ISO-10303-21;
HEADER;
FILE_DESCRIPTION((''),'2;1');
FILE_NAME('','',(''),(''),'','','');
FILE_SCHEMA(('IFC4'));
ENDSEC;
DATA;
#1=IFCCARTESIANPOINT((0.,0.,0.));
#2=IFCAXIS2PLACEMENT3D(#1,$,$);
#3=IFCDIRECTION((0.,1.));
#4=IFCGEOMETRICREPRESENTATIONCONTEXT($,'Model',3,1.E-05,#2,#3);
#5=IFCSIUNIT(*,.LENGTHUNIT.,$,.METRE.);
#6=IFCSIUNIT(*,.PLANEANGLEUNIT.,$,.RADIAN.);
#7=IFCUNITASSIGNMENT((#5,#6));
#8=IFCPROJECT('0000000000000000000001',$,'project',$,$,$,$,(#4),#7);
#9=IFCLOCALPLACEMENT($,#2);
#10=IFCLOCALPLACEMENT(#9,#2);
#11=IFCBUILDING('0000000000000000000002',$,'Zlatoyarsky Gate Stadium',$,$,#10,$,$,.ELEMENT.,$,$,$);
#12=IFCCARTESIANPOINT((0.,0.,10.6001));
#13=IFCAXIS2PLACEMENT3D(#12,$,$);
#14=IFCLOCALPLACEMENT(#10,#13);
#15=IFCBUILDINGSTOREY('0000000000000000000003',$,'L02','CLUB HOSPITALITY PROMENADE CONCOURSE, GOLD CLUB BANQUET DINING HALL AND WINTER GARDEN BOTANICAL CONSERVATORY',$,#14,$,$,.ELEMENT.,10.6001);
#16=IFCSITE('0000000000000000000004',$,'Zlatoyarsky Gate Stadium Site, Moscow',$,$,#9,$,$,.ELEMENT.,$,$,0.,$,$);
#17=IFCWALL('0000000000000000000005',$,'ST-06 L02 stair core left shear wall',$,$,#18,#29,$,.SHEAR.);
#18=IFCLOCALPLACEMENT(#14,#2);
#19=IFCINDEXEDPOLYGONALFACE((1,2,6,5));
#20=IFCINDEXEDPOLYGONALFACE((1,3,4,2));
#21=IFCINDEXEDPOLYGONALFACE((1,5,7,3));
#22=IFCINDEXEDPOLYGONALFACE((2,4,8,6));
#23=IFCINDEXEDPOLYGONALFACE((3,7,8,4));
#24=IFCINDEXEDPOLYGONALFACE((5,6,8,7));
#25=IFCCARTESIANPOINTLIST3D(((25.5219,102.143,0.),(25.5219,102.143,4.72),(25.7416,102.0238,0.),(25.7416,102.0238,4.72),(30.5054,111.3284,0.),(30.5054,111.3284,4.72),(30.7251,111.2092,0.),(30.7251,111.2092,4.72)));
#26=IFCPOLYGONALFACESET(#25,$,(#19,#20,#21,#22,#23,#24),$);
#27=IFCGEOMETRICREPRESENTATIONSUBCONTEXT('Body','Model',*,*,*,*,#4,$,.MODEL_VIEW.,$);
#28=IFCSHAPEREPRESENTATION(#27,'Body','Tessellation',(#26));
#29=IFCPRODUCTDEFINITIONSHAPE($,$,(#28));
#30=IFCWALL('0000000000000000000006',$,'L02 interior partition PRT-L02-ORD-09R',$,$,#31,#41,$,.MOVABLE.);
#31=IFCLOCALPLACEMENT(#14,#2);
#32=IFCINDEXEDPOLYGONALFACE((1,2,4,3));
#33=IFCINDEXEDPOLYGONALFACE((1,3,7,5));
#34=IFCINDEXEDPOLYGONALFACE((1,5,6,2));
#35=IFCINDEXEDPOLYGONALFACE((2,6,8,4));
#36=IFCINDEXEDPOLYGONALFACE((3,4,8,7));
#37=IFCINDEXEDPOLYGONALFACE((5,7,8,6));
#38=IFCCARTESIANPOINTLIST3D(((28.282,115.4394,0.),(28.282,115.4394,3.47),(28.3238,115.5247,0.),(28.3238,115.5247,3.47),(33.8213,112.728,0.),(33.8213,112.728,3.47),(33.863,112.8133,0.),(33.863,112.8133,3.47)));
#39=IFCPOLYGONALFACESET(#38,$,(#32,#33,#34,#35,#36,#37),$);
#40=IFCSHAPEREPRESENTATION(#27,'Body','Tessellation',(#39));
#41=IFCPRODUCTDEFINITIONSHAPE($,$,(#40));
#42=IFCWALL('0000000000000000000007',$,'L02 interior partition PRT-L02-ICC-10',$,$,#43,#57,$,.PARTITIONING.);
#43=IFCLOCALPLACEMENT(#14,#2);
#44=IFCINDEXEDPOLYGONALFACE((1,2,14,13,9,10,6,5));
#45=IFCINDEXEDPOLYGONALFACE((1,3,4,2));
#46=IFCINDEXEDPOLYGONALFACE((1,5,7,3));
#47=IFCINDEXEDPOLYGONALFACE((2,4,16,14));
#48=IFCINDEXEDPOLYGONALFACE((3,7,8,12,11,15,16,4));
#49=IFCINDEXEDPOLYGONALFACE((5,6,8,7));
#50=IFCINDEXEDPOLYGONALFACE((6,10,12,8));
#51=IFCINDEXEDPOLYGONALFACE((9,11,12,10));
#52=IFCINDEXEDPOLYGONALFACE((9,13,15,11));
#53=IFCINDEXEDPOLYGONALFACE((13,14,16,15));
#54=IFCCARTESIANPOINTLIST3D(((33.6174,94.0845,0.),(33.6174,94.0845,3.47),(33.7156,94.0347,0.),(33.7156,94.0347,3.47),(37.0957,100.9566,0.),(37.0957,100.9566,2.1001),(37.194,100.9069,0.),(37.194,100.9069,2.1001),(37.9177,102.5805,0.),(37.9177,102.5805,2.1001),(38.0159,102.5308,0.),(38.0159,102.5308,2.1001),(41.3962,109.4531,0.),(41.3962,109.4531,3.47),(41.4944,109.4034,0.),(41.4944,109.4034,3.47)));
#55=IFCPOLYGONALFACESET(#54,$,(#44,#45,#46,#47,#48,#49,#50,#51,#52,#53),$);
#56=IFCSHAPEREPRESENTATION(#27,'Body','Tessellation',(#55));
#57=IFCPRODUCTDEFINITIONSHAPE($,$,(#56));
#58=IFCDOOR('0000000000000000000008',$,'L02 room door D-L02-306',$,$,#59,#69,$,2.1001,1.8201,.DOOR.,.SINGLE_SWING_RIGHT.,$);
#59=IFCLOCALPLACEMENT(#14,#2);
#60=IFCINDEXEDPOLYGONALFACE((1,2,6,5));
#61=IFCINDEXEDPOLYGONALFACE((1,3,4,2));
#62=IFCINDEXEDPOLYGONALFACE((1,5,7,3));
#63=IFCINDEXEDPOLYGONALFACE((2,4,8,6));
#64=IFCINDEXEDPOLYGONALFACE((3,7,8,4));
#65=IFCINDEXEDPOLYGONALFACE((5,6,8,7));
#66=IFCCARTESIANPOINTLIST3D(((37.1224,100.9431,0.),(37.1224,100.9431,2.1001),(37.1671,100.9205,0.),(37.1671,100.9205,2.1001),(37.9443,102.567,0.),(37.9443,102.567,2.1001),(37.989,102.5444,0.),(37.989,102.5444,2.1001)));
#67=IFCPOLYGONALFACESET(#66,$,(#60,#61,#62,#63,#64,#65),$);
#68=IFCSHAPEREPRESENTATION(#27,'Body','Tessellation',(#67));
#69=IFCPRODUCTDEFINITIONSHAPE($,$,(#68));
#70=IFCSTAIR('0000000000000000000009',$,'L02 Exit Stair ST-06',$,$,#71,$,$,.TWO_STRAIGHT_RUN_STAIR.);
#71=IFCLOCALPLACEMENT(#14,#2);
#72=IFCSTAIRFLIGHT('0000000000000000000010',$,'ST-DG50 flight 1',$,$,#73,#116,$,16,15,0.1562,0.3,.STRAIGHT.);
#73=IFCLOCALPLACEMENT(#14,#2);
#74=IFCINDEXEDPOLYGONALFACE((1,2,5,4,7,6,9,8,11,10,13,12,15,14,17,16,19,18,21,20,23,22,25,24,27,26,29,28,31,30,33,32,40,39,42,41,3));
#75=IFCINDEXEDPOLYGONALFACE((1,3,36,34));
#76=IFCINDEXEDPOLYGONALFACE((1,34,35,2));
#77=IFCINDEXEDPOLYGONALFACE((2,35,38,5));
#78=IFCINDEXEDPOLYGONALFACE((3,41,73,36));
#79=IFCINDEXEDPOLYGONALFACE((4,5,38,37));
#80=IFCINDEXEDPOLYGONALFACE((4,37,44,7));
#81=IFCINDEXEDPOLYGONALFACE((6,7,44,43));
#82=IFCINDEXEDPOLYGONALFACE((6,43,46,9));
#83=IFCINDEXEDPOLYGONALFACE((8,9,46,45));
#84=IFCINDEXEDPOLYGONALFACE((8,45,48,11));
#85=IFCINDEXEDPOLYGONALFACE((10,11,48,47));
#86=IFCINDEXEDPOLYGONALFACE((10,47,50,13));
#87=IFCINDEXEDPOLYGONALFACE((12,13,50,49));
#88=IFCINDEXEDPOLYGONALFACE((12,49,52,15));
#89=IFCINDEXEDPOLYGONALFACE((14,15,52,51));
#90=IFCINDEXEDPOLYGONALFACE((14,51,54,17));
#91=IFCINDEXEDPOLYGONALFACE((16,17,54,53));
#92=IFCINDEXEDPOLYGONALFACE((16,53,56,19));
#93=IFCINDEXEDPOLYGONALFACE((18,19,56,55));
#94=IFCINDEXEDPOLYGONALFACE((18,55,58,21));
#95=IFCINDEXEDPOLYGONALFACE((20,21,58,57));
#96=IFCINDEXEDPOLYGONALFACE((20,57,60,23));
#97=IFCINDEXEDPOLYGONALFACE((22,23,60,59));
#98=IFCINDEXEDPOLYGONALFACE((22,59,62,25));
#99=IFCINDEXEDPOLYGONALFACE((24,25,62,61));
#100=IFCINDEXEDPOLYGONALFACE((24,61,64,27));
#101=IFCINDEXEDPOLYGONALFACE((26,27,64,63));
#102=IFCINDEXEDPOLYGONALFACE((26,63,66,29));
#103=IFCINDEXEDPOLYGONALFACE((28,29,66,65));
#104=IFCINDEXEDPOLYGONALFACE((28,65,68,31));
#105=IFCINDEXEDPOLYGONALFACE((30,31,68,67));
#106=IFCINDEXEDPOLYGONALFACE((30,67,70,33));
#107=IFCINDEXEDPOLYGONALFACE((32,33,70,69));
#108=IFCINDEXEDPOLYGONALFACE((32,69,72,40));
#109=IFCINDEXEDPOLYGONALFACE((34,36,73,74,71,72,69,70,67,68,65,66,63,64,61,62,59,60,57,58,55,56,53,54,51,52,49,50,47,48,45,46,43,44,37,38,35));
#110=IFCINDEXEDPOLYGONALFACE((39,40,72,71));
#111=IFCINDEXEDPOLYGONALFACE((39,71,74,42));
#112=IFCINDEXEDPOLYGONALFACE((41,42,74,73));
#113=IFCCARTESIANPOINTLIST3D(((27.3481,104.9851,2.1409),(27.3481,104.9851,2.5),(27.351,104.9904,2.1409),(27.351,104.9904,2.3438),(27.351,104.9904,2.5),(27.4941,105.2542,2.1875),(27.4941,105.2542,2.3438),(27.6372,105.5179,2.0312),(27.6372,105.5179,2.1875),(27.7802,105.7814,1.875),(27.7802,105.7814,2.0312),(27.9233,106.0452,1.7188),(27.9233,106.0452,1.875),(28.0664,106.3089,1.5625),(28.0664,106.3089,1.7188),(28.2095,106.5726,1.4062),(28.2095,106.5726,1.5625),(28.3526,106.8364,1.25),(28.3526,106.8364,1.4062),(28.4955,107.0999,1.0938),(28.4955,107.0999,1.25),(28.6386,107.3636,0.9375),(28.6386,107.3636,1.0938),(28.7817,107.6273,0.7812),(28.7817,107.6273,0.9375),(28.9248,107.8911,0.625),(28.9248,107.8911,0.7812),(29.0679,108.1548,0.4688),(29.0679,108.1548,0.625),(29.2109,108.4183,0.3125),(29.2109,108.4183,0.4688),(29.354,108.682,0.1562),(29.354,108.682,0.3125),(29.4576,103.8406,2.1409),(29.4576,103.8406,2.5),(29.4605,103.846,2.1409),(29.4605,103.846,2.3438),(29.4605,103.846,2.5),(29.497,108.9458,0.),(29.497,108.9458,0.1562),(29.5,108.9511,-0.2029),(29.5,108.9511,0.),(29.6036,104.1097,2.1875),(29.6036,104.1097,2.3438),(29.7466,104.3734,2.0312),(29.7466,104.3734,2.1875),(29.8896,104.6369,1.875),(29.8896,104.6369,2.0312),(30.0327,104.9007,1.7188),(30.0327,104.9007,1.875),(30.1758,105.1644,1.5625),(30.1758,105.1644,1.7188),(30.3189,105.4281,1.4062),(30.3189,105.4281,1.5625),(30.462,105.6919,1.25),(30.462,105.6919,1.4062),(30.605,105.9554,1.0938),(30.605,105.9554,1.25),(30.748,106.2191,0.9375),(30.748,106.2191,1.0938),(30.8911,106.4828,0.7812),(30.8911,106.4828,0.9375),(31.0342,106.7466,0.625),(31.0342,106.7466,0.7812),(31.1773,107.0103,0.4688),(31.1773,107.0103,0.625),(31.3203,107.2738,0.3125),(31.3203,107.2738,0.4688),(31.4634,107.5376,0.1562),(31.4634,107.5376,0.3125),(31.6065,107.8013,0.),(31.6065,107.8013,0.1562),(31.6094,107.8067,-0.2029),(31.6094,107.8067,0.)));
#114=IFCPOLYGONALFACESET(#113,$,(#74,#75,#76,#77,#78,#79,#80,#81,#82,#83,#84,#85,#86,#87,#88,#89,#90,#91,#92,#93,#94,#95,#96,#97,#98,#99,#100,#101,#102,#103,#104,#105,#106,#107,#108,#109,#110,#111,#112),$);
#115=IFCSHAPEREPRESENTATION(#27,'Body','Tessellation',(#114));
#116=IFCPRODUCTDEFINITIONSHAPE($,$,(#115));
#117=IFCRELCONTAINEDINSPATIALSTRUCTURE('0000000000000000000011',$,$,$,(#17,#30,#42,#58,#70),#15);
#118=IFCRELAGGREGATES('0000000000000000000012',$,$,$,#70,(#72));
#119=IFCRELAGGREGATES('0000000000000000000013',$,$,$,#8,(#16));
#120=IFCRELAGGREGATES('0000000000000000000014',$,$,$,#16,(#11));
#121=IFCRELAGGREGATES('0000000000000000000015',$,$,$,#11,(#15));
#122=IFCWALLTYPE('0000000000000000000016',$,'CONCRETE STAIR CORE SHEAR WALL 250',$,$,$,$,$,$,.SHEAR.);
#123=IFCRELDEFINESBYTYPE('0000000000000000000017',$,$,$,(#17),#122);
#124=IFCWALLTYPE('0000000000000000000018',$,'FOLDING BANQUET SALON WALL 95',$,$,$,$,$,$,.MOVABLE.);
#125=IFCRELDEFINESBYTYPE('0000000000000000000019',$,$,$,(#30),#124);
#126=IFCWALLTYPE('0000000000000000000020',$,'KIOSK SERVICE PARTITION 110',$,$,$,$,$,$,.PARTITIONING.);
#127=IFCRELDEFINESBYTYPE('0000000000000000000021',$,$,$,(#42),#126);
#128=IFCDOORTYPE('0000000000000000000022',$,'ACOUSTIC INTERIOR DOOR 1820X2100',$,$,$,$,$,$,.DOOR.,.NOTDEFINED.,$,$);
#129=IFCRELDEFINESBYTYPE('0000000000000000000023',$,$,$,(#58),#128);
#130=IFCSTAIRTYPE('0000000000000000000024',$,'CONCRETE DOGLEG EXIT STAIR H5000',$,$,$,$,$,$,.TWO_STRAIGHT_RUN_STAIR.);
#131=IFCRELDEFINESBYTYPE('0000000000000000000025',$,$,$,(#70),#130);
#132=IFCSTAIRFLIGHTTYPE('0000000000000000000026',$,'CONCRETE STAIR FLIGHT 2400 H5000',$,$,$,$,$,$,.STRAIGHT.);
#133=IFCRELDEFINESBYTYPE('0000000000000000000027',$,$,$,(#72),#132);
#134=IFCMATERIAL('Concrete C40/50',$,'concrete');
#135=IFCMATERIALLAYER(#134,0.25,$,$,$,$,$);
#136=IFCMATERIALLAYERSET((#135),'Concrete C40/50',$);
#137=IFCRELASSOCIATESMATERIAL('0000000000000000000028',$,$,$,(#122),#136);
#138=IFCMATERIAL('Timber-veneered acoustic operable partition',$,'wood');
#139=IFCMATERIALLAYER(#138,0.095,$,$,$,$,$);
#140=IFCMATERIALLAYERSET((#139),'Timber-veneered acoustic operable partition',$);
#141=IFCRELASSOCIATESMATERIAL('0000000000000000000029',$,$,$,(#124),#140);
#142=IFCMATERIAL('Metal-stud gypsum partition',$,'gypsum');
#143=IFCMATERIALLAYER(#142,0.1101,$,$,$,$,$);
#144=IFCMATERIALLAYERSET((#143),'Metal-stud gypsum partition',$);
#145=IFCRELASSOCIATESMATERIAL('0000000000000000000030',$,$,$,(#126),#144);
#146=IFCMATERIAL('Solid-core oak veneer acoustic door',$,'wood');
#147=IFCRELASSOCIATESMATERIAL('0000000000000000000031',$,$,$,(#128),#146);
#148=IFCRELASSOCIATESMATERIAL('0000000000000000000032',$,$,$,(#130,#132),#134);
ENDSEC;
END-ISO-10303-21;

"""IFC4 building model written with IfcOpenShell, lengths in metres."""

from ifc_helpers import new_model, si_unit, direction, frame, frame_2d, origin, place, context, subcontext, project, spatial, polyline, rectangle, outline, extrude, material, layer, layer_set, type_object, element, fill, aggregate, save


model = new_model("IFC4")

# Units and contexts
model_context = context("Model", 3, precision=1e-05, world=origin(), true_north=direction((0.0, 1.0)))
body_context = subcontext(model_context, "Body", "Model", "MODEL_VIEW")
ifc_project = project(units=[si_unit("LENGTHUNIT", "METRE"), si_unit("PLANEANGLEUNIT", "RADIAN")], contexts=[model_context])

# Site, building, storey
site_placement = place(None, origin())
site = spatial("IfcSite", under=ifc_project, at=site_placement, Name="Zlatoyarsky Gate Stadium Site, Moscow", CompositionType="ELEMENT", RefElevation=0.0)
building_placement = place(site_placement, origin())
building = spatial("IfcBuilding", under=site, at=building_placement, Name="Zlatoyarsky Gate Stadium", CompositionType="ELEMENT")
storey_placement = place(building_placement, frame((0.0, 0.0, 10.6001)))
storey = spatial("IfcBuildingStorey", under=building, at=storey_placement, Name="L02", Description="CLUB HOSPITALITY PROMENADE CONCOURSE, GOLD CLUB BANQUET DINING HALL AND WINTER GARDEN BOTANICAL CONSERVATORY", CompositionType="ELEMENT", Elevation=10.6001)

# Shared definitions
ifc_material_1 = material(Name="Concrete C40/50", Category="concrete")

# Shared definitions
ifc_layer_1 = layer(ifc_material_1, 0.25)
ifc_layer_set_1 = layer_set([ifc_layer_1], Name="Concrete C40/50")
wall_type_1 = type_object("IfcWallType", Name="CONCRETE STAIR CORE SHEAR WALL 250", PredefinedType="SHEAR", material=ifc_layer_set_1)

# Walls
wall_1_placement = place(storey_placement, frame((30.6152, 111.2688, 0.0), z_axis=(0.0, 0.0, 1.0), x_axis=(-0.476877, -0.87897, 0.0)))
element("IfcWall", 1, at=wall_1_placement, inside=storey, type_object=wall_type_1, Name="ST-06 L02 stair core left shear wall", PredefinedType="SHEAR", context=body_context, shape_type="SweptSolid", body=[
    extrude(rectangle(XDim=10.4502, YDim=0.25, at=frame_2d((5.2251, 0.0))), origin(), (0.0, 0.0, 1.0), 4.72),
])
ifc_material_2 = material(Name="Timber-veneered acoustic operable partition", Category="wood")
ifc_layer_2 = layer(ifc_material_2, 0.095)
ifc_layer_set_2 = layer_set([ifc_layer_2], Name="Timber-veneered acoustic operable partition")
wall_type_2 = type_object("IfcWallType", Name="FOLDING BANQUET SALON WALL 95", PredefinedType="MOVABLE", material=ifc_layer_set_2)
wall_2_placement = place(storey_placement, frame((33.842, 112.7708, 0.0), z_axis=(0.0, 0.0, 1.0), x_axis=(-0.898172, 0.439645, 0.0)))
element("IfcWall", 2, at=wall_2_placement, inside=storey, type_object=wall_type_2, Name="L02 interior partition PRT-L02-ORD-09R", PredefinedType="MOVABLE", context=body_context, shape_type="SweptSolid", body=[
    extrude(rectangle(XDim=6.1672, YDim=0.095, at=frame_2d((3.0835, 0.0))), origin(), (0.0, 0.0, 1.0), 3.47),
])

# Wall, opening, door
ifc_material_3 = material(Name="Metal-stud gypsum partition", Category="gypsum")
ifc_layer_3 = layer(ifc_material_3, 0.1101)
ifc_layer_set_3 = layer_set([ifc_layer_3], Name="Metal-stud gypsum partition")
wall_type_3 = type_object("IfcWallType", Name="KIOSK SERVICE PARTITION 110", PredefinedType="PARTITIONING", material=ifc_layer_set_3)
wall_3_placement = place(storey_placement, frame((41.4453, 109.4282, 0.0), z_axis=(0.0, 0.0, 1.0), x_axis=(-0.451596, -0.892222, 0.0)))
wall_3 = element("IfcWall", 3, at=wall_3_placement, inside=storey, type_object=wall_type_3, Name="L02 interior partition PRT-L02-ICC-10", PredefinedType="PARTITIONING", context=body_context, shape_type="SweptSolid", body=[
    extrude(rectangle(XDim=17.2251, YDim=0.1101, at=frame_2d((8.6125, 0.0))), origin(), (0.0, 0.0, 1.0), 3.47),
])
opening_1_placement = place(wall_3_placement, frame((7.7026, 0.0, 0.0)))
opening_1 = element("IfcOpeningElement", 4, at=opening_1_placement, cuts=wall_3, PredefinedType="OPENING", context=body_context, shape_type="SweptSolid", body=[
    extrude(rectangle(XDim=1.8201, YDim=2.1001, at=frame_2d((0.9102, 1.05))), frame((0.0, 0.0649, 0.0), z_axis=(0.0, -1.0, 0.0), x_axis=(1.0, 0.0, 0.0)), (0.0, 0.0, 1.0), 0.1301),
])
ifc_material_4 = material(Name="Solid-core oak veneer acoustic door", Category="wood")
door_type_1 = type_object("IfcDoorType", Name="ACOUSTIC INTERIOR DOOR 1820X2100", OperationType="NOTDEFINED", PredefinedType="DOOR", material=ifc_material_4)
door_1_placement = place(opening_1_placement, origin())
door_1 = element("IfcDoor", 5, at=door_1_placement, inside=storey, type_object=door_type_1, Name="L02 room door D-L02-306", OperationType="SINGLE_SWING_RIGHT", OverallHeight=2.1001, OverallWidth=1.8201, PredefinedType="DOOR", context=body_context, shape_type="SweptSolid", body=[
    extrude(rectangle(XDim=1.8201, YDim=2.1001, at=frame_2d((0.9102, 1.05))), frame((0.0, 0.0249, 0.0), z_axis=(0.0, -1.0, 0.0), x_axis=(1.0, 0.0, 0.0)), (0.0, 0.0, 1.0), 0.05),
])
fill(opening_1, door_1)

# Stair, stair flight
stair_type = type_object("IfcStairType", Name="CONCRETE DOGLEG EXIT STAIR H5000", PredefinedType="TWO_STRAIGHT_RUN_STAIR", material=ifc_material_1)
stair_placement = place(storey_placement, origin())
stair = element("IfcStair", 6, at=stair_placement, inside=storey, type_object=stair_type, Name="L02 Exit Stair ST-06", PredefinedType="TWO_STRAIGHT_RUN_STAIR")
stair_flight_type = type_object("IfcStairFlightType", Name="CONCRETE STAIR FLIGHT 2400 H5000", PredefinedType="STRAIGHT", material=ifc_material_1)
stair_flight_placement = place(storey_placement, frame((30.5518, 108.3735, 0.0), z_axis=(0.0, 0.0, 1.0), x_axis=(-0.47689, -0.878963, 0.0)))
stair_flight = element("IfcStairFlight", 7, at=stair_flight_placement, type_object=stair_flight_type, Name="ST-DG50 flight 1", NumberOfRisers=16, NumberOfTreads=15, PredefinedType="STRAIGHT", RiserHeight=0.1562, TreadLength=0.3, context=body_context, shape_type="SweptSolid", body=[
    extrude(outline(polyline([(-0.0061, -0.2029), (-0.0061, 0.0), (0.0, 0.0), (0.0, 0.1562), (0.3, 0.1562), (0.3, 0.3125), (0.6001, 0.3125), (0.6001, 0.4688), (0.8999, 0.4688), (0.8999, 0.625), (1.2, 0.625), (1.2, 0.7812), (1.5, 0.7812), (1.5, 0.9375), (1.8, 0.9375), (1.8, 1.0938), (2.1001, 1.0938), (2.1001, 1.25), (2.3999, 1.25), (2.3999, 1.4062), (2.7, 1.4062), (2.7, 1.5625), (3.0, 1.5625), (3.0, 1.7188), (3.3, 1.7188), (3.3, 1.875), (3.6001, 1.875), (3.6001, 2.0312), (3.8999, 2.0312), (3.8999, 2.1875), (4.2, 2.1875), (4.2, 2.3438), (4.5, 2.3438), (4.5, 2.5), (4.5061, 2.5), (4.5061, 2.1409), (4.5, 2.1409), (-0.0061, -0.2029)])), frame((0.0, 1.2, 0.0), z_axis=(0.0, -1.0, 0.0), x_axis=(1.0, 0.0, 0.0)), (0.0, 0.0, 1.0), 2.3999),
])
aggregate(stair, [stair_flight])

save(model, "model.ifc")
